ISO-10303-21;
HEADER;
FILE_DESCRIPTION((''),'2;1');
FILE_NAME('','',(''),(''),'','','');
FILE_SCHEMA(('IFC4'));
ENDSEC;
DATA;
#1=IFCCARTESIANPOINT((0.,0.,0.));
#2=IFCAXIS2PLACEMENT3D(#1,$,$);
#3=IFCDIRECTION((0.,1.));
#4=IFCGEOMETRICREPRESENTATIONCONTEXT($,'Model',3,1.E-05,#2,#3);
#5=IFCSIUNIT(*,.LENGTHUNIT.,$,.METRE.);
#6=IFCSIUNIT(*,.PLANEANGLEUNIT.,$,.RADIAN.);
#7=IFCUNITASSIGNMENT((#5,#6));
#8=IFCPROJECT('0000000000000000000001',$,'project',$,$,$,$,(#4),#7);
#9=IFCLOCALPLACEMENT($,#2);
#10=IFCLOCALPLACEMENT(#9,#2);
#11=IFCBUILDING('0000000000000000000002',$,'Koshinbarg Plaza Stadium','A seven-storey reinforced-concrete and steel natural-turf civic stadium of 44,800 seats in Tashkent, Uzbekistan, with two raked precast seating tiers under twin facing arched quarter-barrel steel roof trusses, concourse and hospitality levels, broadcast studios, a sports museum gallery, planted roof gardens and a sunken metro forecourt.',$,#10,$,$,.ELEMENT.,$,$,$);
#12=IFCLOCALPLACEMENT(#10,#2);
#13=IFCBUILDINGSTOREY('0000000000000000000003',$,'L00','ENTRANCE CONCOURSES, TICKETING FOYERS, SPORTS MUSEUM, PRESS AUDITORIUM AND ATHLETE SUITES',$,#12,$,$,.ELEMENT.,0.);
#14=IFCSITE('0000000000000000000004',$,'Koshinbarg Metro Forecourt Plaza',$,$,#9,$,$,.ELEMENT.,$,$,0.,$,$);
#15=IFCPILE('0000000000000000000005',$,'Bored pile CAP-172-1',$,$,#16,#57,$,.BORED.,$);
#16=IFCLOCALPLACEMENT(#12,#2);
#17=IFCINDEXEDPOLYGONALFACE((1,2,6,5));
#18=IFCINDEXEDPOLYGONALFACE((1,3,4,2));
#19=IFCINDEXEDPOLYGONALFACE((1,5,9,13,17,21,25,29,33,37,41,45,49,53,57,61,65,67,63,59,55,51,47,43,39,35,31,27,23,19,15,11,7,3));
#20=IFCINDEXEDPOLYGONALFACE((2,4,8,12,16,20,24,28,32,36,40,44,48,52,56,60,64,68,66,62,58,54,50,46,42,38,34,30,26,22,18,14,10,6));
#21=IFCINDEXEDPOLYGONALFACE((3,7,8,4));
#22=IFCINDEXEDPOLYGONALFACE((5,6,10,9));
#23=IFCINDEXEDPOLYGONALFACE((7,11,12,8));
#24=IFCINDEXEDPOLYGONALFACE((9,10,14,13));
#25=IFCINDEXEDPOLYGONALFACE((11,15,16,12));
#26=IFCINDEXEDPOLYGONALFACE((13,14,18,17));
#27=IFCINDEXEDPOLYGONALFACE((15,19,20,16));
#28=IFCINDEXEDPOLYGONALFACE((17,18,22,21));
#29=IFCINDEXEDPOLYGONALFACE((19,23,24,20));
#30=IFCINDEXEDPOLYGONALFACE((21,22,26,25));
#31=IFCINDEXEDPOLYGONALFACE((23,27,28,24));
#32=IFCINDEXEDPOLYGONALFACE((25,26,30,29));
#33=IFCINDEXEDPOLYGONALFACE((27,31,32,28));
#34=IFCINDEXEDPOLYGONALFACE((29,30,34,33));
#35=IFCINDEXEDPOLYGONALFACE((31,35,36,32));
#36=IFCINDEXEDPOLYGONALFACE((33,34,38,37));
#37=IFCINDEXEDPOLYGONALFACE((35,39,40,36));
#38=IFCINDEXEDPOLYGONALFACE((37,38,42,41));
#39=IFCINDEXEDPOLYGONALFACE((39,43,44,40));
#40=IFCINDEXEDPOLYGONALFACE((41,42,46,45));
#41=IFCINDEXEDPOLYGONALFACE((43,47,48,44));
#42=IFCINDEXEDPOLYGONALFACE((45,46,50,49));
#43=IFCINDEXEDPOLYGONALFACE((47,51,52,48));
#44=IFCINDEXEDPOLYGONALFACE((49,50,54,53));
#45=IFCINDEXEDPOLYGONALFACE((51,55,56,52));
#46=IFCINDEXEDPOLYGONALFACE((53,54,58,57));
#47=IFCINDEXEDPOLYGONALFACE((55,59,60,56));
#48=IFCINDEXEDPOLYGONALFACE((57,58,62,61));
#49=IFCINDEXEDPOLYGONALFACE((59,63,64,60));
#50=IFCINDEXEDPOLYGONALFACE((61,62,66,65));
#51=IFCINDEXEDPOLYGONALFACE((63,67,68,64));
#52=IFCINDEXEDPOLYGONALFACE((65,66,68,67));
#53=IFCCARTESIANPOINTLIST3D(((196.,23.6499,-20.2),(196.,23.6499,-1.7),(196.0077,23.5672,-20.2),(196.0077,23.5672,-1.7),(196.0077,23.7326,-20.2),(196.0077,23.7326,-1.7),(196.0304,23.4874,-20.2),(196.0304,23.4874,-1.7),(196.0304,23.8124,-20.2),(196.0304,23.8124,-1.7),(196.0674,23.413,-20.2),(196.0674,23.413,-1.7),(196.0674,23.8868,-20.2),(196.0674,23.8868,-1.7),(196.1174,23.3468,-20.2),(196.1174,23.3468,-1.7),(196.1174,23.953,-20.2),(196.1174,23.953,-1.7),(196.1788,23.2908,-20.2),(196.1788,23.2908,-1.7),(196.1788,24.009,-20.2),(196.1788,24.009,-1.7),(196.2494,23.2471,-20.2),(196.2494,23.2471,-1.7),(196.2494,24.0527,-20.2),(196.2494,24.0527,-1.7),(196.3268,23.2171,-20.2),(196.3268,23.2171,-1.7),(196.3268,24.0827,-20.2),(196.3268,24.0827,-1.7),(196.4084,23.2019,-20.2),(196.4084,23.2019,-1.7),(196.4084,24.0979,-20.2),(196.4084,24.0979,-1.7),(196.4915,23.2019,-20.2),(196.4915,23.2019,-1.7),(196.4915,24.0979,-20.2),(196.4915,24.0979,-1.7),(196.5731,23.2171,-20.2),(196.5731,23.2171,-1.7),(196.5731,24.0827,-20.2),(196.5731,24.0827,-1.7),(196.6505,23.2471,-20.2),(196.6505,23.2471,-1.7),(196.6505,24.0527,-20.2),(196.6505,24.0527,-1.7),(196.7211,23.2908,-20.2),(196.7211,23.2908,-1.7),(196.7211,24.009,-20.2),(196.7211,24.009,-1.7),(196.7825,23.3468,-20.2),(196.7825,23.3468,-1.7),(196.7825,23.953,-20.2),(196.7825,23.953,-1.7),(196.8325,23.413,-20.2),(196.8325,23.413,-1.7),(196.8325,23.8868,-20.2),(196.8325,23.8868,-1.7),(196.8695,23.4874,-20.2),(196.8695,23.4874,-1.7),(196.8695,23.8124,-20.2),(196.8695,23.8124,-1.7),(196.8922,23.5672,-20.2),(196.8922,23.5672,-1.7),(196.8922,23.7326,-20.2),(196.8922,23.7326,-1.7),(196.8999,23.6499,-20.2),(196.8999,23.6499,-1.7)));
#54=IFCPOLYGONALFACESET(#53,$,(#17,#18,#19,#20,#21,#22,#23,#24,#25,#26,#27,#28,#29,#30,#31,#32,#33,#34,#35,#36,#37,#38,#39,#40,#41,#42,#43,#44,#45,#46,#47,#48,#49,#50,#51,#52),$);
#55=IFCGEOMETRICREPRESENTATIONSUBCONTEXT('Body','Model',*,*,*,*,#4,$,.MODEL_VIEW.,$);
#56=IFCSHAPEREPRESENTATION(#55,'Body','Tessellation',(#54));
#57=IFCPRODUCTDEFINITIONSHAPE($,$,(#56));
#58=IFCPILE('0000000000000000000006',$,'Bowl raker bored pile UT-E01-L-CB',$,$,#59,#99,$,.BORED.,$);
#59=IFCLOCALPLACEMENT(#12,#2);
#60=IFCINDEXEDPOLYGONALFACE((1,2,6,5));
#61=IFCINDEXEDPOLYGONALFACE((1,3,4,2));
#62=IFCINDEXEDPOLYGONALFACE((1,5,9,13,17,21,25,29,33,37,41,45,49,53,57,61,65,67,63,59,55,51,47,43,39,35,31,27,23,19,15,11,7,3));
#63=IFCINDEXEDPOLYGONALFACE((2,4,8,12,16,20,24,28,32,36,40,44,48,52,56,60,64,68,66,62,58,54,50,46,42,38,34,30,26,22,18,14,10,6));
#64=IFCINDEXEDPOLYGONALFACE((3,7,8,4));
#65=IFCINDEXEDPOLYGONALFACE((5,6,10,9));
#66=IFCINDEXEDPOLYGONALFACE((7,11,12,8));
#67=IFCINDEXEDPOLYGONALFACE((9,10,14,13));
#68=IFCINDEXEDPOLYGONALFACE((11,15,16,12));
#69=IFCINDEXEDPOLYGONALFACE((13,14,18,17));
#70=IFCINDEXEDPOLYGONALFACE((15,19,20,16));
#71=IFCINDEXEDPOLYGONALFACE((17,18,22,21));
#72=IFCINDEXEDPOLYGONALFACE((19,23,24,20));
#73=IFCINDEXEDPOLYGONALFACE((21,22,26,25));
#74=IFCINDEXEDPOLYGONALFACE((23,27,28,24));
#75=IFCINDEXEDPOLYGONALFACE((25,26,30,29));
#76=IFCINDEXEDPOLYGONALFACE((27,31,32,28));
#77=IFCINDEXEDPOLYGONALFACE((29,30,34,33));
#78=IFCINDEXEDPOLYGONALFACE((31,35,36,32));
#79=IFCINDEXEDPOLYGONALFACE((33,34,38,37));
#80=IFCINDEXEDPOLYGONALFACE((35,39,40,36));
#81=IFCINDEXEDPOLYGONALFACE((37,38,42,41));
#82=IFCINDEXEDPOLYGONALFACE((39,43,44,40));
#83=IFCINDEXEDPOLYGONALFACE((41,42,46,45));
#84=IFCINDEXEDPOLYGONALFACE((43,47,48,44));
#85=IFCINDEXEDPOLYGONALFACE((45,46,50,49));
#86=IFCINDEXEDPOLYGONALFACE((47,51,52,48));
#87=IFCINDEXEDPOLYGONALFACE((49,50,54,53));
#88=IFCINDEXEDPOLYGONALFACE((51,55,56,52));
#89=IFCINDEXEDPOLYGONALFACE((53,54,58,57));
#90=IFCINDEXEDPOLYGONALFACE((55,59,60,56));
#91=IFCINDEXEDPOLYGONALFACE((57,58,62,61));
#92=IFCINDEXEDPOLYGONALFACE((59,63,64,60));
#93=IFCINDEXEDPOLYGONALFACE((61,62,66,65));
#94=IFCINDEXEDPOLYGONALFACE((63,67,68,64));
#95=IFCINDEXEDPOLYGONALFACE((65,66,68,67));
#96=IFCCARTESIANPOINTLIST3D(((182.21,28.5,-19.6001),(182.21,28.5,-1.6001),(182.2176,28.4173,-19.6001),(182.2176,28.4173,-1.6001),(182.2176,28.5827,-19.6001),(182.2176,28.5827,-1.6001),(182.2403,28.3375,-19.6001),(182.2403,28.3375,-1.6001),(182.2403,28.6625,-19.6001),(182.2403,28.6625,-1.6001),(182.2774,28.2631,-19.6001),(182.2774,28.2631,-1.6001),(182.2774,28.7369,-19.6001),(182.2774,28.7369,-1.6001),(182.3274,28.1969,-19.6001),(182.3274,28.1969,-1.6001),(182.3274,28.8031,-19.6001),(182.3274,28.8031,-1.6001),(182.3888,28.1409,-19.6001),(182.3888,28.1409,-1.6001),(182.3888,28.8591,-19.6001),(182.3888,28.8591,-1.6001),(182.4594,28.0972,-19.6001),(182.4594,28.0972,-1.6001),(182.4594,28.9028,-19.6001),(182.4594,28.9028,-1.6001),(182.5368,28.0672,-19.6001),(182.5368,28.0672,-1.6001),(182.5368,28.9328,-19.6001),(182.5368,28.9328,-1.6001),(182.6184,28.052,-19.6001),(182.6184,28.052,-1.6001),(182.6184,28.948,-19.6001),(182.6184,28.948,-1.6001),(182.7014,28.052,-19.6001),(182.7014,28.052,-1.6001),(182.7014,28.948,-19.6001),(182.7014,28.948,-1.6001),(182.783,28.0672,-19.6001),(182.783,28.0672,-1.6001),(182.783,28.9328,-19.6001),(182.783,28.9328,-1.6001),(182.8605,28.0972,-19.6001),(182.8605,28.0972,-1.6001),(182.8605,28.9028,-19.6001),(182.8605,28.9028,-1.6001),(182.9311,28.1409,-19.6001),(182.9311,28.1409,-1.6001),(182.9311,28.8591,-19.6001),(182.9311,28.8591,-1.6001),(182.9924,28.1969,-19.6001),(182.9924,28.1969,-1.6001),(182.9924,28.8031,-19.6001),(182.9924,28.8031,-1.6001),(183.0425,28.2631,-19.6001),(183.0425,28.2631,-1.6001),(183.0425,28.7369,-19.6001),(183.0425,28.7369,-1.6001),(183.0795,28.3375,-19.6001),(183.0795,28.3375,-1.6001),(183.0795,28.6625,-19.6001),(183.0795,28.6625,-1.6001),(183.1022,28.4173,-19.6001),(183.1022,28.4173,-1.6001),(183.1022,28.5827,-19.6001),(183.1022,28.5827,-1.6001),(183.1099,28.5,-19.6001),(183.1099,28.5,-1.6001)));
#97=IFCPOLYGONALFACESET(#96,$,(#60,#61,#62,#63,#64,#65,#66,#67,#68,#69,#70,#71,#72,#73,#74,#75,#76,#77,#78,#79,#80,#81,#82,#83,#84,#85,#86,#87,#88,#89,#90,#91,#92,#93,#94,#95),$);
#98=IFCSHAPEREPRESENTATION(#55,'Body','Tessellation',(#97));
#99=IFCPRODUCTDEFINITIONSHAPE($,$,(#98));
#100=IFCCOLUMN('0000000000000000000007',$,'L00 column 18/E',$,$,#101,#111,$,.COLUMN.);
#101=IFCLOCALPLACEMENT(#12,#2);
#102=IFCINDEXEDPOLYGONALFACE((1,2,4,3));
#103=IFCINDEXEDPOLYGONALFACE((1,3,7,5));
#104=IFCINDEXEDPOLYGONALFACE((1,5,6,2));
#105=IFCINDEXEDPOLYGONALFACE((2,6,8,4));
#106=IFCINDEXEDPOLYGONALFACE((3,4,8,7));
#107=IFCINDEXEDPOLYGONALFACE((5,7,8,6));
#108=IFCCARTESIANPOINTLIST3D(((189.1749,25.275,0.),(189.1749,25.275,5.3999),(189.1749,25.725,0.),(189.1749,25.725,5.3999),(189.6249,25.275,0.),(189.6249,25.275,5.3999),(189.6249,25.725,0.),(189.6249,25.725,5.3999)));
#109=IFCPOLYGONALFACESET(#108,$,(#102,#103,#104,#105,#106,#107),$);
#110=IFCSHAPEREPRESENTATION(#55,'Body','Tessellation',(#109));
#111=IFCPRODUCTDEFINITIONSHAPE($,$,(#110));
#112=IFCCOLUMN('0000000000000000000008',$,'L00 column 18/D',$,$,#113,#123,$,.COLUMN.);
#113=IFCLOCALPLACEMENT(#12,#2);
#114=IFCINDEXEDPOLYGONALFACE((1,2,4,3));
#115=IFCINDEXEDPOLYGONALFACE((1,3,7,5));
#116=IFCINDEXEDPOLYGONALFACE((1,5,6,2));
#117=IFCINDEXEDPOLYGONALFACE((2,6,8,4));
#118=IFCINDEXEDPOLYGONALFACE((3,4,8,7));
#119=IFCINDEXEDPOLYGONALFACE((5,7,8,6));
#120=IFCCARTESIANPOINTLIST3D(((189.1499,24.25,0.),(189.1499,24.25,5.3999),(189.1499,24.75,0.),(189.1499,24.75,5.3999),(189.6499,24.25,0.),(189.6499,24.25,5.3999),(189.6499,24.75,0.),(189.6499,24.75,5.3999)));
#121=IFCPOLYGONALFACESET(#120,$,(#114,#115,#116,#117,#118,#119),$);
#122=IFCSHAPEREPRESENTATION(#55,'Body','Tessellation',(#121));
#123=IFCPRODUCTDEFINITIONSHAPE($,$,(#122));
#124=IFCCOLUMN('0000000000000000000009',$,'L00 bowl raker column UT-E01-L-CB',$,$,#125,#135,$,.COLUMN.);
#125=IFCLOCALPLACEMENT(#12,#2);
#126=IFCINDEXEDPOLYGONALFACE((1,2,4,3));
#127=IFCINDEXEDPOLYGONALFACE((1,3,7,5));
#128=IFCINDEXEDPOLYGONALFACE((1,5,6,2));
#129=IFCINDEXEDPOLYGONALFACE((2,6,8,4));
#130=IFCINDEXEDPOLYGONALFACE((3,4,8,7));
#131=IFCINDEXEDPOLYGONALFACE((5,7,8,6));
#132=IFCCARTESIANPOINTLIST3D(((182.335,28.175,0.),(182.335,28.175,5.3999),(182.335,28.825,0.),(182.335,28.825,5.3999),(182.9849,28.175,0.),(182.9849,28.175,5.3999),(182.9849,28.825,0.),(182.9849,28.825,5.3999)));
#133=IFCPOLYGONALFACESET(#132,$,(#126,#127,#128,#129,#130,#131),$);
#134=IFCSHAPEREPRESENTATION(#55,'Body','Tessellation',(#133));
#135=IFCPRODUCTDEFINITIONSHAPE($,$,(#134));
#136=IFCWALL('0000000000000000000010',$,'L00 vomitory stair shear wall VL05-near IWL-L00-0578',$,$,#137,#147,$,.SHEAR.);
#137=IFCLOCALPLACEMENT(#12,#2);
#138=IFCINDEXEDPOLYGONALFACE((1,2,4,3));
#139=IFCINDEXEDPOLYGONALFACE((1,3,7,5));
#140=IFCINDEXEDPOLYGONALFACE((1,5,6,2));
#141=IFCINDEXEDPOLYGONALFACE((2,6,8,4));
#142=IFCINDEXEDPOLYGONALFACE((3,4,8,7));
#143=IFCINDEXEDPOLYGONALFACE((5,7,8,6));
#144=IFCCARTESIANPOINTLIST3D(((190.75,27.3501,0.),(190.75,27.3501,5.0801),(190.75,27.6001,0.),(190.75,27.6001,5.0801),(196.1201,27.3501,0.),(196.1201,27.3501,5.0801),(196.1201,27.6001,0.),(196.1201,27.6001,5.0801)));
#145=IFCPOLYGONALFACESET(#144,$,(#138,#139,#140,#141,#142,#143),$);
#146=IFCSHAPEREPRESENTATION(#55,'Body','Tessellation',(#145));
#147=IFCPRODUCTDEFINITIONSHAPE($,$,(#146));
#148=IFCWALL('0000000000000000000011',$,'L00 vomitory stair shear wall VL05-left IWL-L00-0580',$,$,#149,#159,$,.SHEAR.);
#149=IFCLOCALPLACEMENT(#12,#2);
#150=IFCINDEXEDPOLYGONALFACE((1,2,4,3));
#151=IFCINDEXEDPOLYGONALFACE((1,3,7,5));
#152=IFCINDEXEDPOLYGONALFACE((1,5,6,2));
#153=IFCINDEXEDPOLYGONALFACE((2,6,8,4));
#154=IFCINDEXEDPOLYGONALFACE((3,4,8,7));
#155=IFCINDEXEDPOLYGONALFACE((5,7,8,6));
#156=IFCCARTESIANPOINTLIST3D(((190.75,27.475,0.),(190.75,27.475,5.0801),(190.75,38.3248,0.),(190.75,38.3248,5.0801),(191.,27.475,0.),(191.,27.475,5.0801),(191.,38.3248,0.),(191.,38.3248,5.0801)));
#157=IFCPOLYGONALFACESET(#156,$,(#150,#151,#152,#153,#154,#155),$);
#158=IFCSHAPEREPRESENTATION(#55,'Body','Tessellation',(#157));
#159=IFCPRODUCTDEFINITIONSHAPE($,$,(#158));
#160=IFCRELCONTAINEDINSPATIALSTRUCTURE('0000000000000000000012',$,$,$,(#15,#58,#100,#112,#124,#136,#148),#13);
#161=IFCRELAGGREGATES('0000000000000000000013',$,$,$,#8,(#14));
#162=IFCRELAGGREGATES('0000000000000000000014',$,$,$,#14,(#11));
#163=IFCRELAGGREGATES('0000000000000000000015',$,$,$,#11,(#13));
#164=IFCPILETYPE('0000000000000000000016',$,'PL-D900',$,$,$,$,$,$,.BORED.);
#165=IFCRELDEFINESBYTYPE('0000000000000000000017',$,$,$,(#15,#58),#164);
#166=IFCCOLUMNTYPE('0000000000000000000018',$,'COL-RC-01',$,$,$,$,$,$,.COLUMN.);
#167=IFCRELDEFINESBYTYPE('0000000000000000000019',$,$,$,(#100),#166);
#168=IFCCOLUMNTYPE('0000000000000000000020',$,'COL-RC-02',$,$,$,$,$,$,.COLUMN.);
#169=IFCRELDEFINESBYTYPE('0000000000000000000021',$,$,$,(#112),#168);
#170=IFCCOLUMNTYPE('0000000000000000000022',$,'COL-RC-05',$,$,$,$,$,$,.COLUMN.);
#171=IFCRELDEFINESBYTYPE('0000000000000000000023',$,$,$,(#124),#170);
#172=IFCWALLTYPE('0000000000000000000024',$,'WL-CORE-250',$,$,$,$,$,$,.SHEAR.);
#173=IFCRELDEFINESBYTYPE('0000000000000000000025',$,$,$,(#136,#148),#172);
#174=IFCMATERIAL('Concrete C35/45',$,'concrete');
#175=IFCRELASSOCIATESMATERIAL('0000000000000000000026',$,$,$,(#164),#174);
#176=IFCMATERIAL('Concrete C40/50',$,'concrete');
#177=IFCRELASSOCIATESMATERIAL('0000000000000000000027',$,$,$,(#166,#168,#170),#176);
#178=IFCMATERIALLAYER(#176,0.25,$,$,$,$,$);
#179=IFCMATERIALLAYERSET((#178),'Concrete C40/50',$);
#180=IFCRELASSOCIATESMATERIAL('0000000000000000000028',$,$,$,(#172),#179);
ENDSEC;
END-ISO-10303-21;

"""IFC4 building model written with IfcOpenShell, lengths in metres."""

from ifc_helpers import new_model, si_unit, direction, frame, frame_2d, origin, origin_2d, place, context, subcontext, project, spatial, rectangle, circle, extrude, material, layer, layer_set, material_profile, profile_set, type_object, element, save


model = new_model("IFC4")

# Units and contexts
model_context = context("Model", 3, precision=1e-05, world=origin(), true_north=direction((0.0, 1.0)))
body_context = subcontext(model_context, "Body", "Model", "MODEL_VIEW")
ifc_project = project(units=[si_unit("LENGTHUNIT", "METRE"), si_unit("PLANEANGLEUNIT", "RADIAN")], contexts=[model_context])

# Site, building, storey
site_placement = place(None, origin())
site = spatial("IfcSite", under=ifc_project, at=site_placement, Name="Koshinbarg Metro Forecourt Plaza", CompositionType="ELEMENT", RefElevation=0.0)
building_placement = place(site_placement, origin())
building = spatial("IfcBuilding", under=site, at=building_placement, Name="Koshinbarg Plaza Stadium", Description="A seven-storey reinforced-concrete and steel natural-turf civic stadium of 44,800 seats in Tashkent, Uzbekistan, with two raked precast seating tiers under twin facing arched quarter-barrel steel roof trusses, concourse and hospitality levels, broadcast studios, a sports museum gallery, planted roof gardens and a sunken metro forecourt.", CompositionType="ELEMENT")
storey_placement = place(building_placement, origin())
storey = spatial("IfcBuildingStorey", under=building, at=storey_placement, Name="L00", Description="ENTRANCE CONCOURSES, TICKETING FOYERS, SPORTS MUSEUM, PRESS AUDITORIUM AND ATHLETE SUITES", CompositionType="ELEMENT", Elevation=0.0)

# Shared definitions
ifc_material_1 = material(Name="Concrete C35/45", Category="concrete")

# Piles
ifc_material_profile_1 = material_profile(ifc_material_1, circle(Radius=0.45, at=origin_2d()), Name="PILE D900")
ifc_profile_set_1 = profile_set([ifc_material_profile_1], Name="Concrete C35/45")
pile_type_1 = type_object("IfcPileType", Name="PL-D900", PredefinedType="BORED", material=ifc_profile_set_1)
for number, where, z_axis, x_axis, name in (
    (1, (196.45, 23.6499, -1.7), (0.0, 0.0, -1.0), (1.0, 0.0, 0.0), "Bored pile CAP-172-1"),
):
    element("IfcPile", number, at=place(storey_placement, frame(where, z_axis=z_axis, x_axis=x_axis)), inside=storey, type_object=pile_type_1, Name=name, PredefinedType="BORED", context=body_context, shape_type="SweptSolid", body=[
        extrude(circle(Radius=0.45, at=origin_2d()), origin(), (0.0, 0.0, 1.0), 18.5),
    ])
pile_1_placement = place(storey_placement, frame((182.6599, 28.5, -1.6001), z_axis=(0.0, 0.0, -1.0), x_axis=(1.0, 0.0, 0.0)))
element("IfcPile", 2, at=pile_1_placement, inside=storey, type_object=pile_type_1, Name="Bowl raker bored pile UT-E01-L-CB", PredefinedType="BORED", context=body_context, shape_type="SweptSolid", body=[
    extrude(circle(Radius=0.45, at=origin_2d()), origin(), (0.0, 0.0, 1.0), 18.0),
])

# Columns
ifc_material_2 = material(Name="Concrete C40/50", Category="concrete")
ifc_material_profile_2 = material_profile(ifc_material_2, rectangle(XDim=0.45, YDim=0.45, at=origin_2d()), Name="RC 450x450")
ifc_profile_set_2 = profile_set([ifc_material_profile_2], Name="Concrete C40/50")
column_type_1 = type_object("IfcColumnType", Name="COL-RC-01", PredefinedType="COLUMN", material=ifc_profile_set_2)
column_1_placement = place(storey_placement, frame((189.3999, 25.5, 0.0), z_axis=(0.0, 0.0, 1.0), x_axis=(1.0, 0.0, 0.0)))
element("IfcColumn", 3, at=column_1_placement, inside=storey, type_object=column_type_1, Name="L00 column 18/E", PredefinedType="COLUMN", context=body_context, shape_type="SweptSolid", body=[
    extrude(rectangle(XDim=0.45, YDim=0.45, at=origin_2d()), origin(), (0.0, 0.0, 1.0), 5.3999),
])
ifc_material_profile_3 = material_profile(ifc_material_2, rectangle(XDim=0.5, YDim=0.5, at=origin_2d()), Name="RC 500x500")
ifc_profile_set_3 = profile_set([ifc_material_profile_3], Name="Concrete C40/50")
column_type_2 = type_object("IfcColumnType", Name="COL-RC-02", PredefinedType="COLUMN", material=ifc_profile_set_3)
column_2_placement = place(storey_placement, frame((189.3999, 24.5, 0.0), z_axis=(0.0, 0.0, 1.0), x_axis=(1.0, 0.0, 0.0)))
element("IfcColumn", 4, at=column_2_placement, inside=storey, type_object=column_type_2, Name="L00 column 18/D", PredefinedType="COLUMN", context=body_context, shape_type="SweptSolid", body=[
    extrude(rectangle(XDim=0.5, YDim=0.5, at=origin_2d()), origin(), (0.0, 0.0, 1.0), 5.3999),
])
ifc_material_profile_4 = material_profile(ifc_material_2, rectangle(XDim=0.6499, YDim=0.6499, at=origin_2d()), Name="RC 650x650")
ifc_profile_set_4 = profile_set([ifc_material_profile_4], Name="Concrete C40/50")
column_type_3 = type_object("IfcColumnType", Name="COL-RC-05", PredefinedType="COLUMN", material=ifc_profile_set_4)
column_3_placement = place(storey_placement, frame((182.6599, 28.5, 0.0), z_axis=(0.0, 0.0, 1.0), x_axis=(1.0, 0.0, 0.0)))
element("IfcColumn", 5, at=column_3_placement, inside=storey, type_object=column_type_3, Name="L00 bowl raker column UT-E01-L-CB", PredefinedType="COLUMN", context=body_context, shape_type="SweptSolid", body=[
    extrude(rectangle(XDim=0.6499, YDim=0.6499, at=origin_2d()), origin(), (0.0, 0.0, 1.0), 5.3999),
])

# Walls
ifc_layer_1 = layer(ifc_material_2, 0.25)
ifc_layer_set_1 = layer_set([ifc_layer_1], Name="Concrete C40/50")
wall_type_1 = type_object("IfcWallType", Name="WL-CORE-250", PredefinedType="SHEAR", material=ifc_layer_set_1)
wall_1_placement = place(storey_placement, frame((190.75, 27.4751, 0.0), z_axis=(0.0, 0.0, 1.0), x_axis=(1.0, 0.0, 0.0)))
element("IfcWall", 6, at=wall_1_placement, inside=storey, type_object=wall_type_1, Name="L00 vomitory stair shear wall VL05-near IWL-L00-0578", PredefinedType="SHEAR", context=body_context, shape_type="SweptSolid", body=[
    extrude(rectangle(XDim=5.3701, YDim=0.25, at=frame_2d((2.6851, 0.0))), origin(), (0.0, 0.0, 1.0), 5.0801),
])
wall_2_placement = place(storey_placement, frame((190.875, 27.4751, 0.0), z_axis=(0.0, 0.0, 1.0), x_axis=(0.0, 1.0, 0.0)))
element("IfcWall", 7, at=wall_2_placement, inside=storey, type_object=wall_type_1, Name="L00 vomitory stair shear wall VL05-left IWL-L00-0580", PredefinedType="SHEAR", context=body_context, shape_type="SweptSolid", body=[
    extrude(rectangle(XDim=10.8499, YDim=0.25, at=frame_2d((5.4248, 0.0))), origin(), (0.0, 0.0, 1.0), 5.0801),
])

save(model, "model.ifc")
